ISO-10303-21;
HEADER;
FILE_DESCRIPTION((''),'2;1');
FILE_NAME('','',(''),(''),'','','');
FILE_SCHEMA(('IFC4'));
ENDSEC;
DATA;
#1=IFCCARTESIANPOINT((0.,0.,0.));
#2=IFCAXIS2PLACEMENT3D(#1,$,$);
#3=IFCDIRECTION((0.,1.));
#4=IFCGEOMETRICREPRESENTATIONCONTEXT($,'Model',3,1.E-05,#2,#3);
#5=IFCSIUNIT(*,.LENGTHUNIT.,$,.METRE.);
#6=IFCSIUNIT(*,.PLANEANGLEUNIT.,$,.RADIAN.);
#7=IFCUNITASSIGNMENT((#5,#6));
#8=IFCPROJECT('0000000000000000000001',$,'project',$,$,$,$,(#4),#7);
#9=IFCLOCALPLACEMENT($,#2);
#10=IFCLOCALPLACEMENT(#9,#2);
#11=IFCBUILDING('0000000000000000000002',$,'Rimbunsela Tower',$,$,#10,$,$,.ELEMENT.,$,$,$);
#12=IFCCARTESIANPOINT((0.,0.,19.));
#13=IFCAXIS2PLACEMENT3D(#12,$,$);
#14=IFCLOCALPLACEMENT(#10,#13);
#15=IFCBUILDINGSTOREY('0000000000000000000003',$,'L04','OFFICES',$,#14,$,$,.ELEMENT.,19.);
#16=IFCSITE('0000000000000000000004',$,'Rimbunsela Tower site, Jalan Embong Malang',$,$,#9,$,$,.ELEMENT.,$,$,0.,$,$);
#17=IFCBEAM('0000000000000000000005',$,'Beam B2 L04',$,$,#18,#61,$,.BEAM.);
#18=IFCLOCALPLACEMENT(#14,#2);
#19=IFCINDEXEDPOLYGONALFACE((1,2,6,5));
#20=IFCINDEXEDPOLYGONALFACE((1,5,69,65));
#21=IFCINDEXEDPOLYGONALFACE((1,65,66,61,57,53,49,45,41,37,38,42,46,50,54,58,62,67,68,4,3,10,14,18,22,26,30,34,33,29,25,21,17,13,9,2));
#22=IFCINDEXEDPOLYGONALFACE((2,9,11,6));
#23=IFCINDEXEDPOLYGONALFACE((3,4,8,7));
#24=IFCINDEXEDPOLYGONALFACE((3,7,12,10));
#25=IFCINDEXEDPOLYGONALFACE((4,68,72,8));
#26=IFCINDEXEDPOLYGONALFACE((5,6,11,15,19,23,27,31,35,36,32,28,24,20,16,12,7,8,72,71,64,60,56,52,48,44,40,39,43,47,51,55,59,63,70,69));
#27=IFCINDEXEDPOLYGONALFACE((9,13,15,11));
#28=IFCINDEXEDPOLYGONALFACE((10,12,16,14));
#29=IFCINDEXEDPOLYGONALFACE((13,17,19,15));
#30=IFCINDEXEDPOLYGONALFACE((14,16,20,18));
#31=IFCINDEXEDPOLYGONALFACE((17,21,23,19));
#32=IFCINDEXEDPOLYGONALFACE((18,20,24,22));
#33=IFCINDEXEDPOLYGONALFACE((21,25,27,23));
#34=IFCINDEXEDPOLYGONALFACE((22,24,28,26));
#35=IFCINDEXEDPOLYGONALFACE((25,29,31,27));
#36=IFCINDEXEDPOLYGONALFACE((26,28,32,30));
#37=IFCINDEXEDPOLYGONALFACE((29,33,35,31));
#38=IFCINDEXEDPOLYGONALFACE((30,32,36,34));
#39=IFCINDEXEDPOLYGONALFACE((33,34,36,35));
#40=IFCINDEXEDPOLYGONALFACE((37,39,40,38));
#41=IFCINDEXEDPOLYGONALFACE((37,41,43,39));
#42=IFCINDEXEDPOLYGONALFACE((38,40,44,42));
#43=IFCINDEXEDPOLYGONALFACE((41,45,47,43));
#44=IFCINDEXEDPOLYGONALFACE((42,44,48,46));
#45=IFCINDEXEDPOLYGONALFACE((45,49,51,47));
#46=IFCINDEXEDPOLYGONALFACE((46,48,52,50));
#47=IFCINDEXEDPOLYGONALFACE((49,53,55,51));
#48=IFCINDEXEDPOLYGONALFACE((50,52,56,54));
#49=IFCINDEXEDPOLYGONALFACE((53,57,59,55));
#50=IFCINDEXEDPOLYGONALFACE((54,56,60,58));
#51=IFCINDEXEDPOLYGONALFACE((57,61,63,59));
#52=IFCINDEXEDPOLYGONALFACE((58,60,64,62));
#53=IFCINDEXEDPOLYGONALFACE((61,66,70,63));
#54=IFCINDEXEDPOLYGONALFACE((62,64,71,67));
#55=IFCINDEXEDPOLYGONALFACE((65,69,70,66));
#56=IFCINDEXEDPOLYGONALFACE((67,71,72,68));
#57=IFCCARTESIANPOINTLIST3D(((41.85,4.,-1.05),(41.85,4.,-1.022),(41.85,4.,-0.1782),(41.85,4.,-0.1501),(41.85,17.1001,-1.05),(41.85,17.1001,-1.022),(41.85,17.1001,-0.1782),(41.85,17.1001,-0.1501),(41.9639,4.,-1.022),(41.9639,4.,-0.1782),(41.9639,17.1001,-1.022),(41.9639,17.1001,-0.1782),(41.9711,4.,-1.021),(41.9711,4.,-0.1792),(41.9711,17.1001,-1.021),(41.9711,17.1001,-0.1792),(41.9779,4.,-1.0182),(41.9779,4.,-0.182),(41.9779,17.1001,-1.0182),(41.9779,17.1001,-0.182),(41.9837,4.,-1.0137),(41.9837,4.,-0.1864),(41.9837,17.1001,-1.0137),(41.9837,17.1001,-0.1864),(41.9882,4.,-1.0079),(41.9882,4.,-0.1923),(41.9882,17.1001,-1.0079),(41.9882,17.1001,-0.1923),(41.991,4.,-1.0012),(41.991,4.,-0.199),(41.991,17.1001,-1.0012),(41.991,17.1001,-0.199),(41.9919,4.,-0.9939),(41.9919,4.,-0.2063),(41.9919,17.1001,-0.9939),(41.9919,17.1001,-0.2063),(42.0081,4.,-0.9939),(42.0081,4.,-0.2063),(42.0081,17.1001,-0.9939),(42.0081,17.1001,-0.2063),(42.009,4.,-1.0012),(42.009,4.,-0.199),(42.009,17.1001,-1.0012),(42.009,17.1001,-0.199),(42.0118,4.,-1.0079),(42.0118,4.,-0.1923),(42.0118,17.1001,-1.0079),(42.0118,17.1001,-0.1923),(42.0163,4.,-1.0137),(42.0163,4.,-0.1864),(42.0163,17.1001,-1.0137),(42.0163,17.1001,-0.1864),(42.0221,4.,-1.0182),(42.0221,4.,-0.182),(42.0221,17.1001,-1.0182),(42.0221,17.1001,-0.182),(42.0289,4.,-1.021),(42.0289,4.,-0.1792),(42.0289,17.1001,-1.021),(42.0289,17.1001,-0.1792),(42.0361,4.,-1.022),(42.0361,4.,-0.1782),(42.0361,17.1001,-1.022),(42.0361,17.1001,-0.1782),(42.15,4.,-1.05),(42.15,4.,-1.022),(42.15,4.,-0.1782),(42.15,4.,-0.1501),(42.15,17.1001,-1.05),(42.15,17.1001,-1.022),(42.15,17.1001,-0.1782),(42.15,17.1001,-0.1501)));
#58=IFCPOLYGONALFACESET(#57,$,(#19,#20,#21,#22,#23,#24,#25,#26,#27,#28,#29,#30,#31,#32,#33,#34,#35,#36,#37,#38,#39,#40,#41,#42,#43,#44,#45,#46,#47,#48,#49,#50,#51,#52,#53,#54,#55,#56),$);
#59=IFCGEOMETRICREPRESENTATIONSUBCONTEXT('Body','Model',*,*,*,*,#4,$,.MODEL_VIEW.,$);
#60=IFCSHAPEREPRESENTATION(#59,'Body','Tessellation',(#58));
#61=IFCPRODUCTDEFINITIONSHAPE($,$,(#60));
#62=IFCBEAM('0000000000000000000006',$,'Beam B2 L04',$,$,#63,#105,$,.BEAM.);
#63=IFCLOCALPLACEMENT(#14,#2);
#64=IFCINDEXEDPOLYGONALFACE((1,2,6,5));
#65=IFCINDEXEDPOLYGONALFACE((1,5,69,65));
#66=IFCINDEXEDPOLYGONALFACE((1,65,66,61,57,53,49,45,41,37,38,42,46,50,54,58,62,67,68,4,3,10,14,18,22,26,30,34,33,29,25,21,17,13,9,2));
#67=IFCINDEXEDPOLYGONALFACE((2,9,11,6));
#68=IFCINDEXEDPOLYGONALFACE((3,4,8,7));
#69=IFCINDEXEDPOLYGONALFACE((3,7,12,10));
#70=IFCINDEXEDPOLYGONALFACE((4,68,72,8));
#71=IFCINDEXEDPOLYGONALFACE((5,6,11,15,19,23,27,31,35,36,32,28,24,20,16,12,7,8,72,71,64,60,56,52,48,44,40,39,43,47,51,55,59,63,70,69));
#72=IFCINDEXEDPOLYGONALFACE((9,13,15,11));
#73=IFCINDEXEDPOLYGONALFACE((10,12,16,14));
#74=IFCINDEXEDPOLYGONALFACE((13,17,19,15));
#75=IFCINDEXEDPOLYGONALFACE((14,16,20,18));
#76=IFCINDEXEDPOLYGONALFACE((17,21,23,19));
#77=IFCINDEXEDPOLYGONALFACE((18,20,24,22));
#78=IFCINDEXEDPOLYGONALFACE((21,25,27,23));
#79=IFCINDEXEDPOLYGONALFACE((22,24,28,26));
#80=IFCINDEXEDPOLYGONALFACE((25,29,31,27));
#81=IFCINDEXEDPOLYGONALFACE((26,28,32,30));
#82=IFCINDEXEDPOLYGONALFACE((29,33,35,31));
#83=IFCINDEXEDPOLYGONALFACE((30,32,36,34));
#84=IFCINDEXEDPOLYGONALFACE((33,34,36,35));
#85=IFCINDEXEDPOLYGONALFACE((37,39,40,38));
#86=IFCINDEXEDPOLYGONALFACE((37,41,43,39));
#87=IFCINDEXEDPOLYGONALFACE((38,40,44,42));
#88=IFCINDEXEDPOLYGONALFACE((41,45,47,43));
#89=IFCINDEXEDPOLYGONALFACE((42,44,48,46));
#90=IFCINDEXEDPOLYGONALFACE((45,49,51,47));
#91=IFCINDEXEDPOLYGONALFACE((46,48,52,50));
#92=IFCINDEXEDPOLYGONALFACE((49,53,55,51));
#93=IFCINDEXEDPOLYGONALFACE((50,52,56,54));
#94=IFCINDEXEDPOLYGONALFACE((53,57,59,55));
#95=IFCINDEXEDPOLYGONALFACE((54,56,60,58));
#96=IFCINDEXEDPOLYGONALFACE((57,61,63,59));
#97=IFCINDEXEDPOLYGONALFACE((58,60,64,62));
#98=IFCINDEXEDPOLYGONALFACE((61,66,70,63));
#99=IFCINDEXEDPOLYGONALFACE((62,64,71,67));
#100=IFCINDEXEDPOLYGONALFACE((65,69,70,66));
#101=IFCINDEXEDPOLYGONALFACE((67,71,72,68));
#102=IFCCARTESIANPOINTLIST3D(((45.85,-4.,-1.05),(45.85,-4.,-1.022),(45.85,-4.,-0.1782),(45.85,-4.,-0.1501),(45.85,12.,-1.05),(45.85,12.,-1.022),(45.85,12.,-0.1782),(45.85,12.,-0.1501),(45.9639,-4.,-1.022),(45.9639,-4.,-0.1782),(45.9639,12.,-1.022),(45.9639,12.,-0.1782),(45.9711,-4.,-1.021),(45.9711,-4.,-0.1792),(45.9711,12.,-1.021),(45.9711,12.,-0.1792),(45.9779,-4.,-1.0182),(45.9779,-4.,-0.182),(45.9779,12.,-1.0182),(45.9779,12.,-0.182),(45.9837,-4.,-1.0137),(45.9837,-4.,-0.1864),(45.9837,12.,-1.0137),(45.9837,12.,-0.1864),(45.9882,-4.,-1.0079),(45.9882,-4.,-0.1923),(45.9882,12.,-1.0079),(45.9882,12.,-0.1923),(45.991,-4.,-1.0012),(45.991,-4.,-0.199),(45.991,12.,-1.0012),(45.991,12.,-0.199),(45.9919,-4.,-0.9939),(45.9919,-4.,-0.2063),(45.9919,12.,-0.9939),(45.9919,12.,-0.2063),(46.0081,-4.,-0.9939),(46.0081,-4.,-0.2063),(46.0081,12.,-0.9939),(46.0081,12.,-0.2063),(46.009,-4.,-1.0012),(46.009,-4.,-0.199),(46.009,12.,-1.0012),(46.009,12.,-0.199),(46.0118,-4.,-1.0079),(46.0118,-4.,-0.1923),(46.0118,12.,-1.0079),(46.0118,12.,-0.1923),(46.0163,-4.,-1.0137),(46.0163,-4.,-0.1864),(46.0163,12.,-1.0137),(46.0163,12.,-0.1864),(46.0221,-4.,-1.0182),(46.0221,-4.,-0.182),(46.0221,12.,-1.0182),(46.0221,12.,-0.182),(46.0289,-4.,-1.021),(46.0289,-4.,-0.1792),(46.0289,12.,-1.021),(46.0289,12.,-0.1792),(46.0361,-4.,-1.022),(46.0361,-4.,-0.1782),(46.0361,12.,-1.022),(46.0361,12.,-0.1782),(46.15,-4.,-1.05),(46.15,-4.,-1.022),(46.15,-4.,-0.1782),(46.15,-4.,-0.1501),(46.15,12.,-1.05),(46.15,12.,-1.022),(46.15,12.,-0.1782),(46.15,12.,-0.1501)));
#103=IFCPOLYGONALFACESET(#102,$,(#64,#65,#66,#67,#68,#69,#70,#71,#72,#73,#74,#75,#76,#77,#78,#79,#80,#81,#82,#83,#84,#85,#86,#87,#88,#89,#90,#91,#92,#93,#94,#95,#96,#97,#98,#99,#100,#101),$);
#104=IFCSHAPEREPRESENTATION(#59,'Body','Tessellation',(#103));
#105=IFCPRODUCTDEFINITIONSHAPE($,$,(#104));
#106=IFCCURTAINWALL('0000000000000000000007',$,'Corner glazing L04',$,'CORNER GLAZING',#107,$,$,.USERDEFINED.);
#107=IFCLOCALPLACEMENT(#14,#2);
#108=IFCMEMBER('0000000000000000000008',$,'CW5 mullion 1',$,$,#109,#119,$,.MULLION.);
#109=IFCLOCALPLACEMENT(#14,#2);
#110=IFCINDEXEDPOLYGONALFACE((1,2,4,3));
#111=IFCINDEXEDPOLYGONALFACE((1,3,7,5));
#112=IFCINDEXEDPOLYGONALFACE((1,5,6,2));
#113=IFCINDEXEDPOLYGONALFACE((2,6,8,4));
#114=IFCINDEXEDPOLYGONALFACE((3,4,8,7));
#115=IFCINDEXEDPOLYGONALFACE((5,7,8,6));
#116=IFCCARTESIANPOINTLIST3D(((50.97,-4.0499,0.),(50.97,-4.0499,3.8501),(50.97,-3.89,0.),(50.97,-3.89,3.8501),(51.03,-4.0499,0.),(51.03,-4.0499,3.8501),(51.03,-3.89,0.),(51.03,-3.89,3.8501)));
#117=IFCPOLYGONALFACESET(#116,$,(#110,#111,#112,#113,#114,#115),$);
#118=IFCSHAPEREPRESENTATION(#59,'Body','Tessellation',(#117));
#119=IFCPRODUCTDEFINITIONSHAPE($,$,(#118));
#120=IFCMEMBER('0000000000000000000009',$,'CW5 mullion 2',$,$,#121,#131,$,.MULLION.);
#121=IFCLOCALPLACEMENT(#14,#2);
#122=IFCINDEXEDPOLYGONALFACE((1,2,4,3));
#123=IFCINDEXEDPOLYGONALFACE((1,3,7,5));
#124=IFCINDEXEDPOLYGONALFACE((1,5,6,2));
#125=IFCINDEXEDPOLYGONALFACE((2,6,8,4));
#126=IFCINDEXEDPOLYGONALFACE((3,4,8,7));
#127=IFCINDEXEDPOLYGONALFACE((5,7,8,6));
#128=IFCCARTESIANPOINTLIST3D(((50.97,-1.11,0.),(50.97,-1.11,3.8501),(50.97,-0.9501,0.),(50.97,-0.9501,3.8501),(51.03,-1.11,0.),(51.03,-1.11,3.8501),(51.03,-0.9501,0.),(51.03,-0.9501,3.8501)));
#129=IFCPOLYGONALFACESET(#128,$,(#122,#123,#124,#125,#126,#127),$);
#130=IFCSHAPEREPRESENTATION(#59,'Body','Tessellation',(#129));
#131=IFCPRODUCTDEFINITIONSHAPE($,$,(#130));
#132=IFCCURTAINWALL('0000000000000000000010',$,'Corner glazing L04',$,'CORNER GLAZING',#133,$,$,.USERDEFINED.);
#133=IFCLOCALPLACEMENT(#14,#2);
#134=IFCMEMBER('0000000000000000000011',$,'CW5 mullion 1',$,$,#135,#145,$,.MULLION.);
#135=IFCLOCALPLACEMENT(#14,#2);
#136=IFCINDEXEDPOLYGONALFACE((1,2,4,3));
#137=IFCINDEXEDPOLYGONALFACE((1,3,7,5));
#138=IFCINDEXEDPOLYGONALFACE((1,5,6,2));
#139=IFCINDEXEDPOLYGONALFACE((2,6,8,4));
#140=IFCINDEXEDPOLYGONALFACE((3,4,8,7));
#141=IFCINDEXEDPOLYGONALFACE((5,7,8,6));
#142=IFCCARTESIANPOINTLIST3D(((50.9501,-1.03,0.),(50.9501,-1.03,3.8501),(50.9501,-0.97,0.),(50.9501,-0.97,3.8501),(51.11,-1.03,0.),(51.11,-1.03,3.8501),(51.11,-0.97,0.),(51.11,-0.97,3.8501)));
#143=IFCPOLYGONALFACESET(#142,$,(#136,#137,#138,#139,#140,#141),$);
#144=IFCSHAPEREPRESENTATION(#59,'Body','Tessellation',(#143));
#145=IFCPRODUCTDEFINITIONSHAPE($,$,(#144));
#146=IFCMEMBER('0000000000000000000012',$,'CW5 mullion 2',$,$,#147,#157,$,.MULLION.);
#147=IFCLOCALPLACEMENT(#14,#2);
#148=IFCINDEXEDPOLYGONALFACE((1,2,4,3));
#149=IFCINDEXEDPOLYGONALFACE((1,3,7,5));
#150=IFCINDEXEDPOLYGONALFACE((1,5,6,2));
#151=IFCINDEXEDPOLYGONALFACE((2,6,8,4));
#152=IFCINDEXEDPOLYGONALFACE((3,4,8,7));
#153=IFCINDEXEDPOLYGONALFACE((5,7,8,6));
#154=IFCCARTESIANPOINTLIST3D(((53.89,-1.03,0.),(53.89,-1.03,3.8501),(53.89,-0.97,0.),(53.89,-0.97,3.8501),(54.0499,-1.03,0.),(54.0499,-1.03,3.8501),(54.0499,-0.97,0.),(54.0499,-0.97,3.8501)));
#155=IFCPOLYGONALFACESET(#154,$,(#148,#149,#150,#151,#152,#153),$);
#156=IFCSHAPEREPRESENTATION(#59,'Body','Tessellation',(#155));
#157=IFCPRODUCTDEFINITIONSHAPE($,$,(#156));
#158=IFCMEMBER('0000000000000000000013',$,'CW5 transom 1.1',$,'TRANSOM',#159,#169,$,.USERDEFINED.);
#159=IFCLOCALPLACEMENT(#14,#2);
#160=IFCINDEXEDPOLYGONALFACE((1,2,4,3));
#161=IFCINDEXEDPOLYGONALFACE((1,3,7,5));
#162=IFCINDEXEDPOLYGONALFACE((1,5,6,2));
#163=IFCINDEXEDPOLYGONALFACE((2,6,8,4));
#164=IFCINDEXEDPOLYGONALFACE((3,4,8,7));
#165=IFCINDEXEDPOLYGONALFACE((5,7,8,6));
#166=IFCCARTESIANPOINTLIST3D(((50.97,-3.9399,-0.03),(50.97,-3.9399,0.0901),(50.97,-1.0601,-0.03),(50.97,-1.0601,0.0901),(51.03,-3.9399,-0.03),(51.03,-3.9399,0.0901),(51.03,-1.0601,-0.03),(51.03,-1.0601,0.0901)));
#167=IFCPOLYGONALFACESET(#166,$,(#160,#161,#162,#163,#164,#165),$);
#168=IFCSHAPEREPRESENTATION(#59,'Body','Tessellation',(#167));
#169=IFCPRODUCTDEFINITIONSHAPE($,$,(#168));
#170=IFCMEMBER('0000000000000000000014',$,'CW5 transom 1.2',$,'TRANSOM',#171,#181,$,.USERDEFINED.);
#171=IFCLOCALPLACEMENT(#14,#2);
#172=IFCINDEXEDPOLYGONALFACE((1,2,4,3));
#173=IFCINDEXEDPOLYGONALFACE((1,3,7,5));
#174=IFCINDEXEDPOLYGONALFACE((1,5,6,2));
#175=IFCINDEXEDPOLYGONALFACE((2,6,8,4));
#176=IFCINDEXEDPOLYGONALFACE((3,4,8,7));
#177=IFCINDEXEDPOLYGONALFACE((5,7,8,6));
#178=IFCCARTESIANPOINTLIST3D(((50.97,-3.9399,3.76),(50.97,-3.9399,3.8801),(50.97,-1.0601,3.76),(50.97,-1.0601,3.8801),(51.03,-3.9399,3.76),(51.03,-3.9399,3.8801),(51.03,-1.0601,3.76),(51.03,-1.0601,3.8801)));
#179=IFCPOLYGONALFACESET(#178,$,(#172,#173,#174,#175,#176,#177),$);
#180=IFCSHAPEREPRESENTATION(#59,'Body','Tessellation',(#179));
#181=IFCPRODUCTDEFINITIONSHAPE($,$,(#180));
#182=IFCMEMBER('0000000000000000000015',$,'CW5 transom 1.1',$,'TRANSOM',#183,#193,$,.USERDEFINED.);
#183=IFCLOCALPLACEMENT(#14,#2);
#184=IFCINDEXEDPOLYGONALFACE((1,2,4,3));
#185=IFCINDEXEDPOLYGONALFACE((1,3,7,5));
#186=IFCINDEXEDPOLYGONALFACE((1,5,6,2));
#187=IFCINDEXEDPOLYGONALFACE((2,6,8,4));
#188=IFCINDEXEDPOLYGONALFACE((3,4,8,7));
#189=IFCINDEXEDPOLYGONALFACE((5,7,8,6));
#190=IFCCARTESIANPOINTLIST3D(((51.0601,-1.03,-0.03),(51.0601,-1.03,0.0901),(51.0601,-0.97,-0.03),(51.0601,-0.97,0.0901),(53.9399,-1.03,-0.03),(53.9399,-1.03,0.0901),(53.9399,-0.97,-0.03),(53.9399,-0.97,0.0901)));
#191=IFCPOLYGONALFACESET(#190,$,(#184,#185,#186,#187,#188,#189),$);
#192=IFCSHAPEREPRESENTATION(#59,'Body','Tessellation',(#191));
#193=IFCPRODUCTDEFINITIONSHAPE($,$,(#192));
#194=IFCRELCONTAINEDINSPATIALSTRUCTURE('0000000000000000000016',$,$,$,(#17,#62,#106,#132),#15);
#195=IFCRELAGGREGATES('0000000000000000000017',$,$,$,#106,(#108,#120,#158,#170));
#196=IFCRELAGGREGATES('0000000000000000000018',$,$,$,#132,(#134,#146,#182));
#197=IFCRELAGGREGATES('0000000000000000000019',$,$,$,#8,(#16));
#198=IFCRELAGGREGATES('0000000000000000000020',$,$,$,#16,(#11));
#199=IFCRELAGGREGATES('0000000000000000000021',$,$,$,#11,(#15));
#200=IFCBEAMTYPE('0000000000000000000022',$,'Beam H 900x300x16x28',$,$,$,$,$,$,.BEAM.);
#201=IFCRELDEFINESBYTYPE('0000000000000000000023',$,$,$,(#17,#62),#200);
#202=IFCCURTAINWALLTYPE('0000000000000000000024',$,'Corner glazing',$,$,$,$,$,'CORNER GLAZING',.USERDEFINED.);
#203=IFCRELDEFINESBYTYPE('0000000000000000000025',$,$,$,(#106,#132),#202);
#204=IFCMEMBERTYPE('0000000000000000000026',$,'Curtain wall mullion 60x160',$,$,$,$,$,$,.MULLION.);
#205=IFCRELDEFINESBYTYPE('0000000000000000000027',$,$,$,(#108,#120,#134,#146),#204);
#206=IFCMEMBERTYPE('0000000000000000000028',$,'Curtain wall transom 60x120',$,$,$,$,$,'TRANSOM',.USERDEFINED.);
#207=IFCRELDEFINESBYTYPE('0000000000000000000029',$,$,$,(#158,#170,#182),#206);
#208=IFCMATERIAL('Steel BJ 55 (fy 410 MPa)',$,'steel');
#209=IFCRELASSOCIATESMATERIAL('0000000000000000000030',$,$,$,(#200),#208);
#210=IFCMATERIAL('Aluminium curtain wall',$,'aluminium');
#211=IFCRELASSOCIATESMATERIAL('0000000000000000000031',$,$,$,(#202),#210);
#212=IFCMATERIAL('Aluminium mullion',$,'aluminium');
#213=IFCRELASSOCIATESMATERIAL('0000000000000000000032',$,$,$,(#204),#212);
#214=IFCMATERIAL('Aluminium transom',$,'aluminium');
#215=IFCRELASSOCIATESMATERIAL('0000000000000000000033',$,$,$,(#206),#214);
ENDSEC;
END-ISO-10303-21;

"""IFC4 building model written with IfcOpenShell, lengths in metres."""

from ifc_helpers import new_model, si_unit, direction, frame, origin, origin_2d, place, context, subcontext, project, spatial, rectangle, i_section, extrude, material, material_profile, profile_set, type_object, element, aggregate, save


model = new_model("IFC4")

# Units and contexts
model_context = context("Model", 3, precision=1e-05, world=origin(), true_north=direction((0.0, 1.0)))
body_context = subcontext(model_context, "Body", "Model", "MODEL_VIEW")
ifc_project = project(units=[si_unit("LENGTHUNIT", "METRE"), si_unit("PLANEANGLEUNIT", "RADIAN")], contexts=[model_context])

# Site, building, storey
site_placement = place(None, origin())
site = spatial("IfcSite", under=ifc_project, at=site_placement, Name="Rimbunsela Tower site, Jalan Embong Malang", CompositionType="ELEMENT", RefElevation=0.0)
building_placement = place(site_placement, origin())
building = spatial("IfcBuilding", under=site, at=building_placement, Name="Rimbunsela Tower", CompositionType="ELEMENT")
storey_placement = place(building_placement, frame((0.0, 0.0, 19.0)))
storey = spatial("IfcBuildingStorey", under=building, at=storey_placement, Name="L04", Description="OFFICES", CompositionType="ELEMENT", Elevation=19.0)

# Beams
ifc_material_1 = material(Name="Steel BJ 55 (fy 410 MPa)", Category="steel")
ifc_material_profile_1 = material_profile(ifc_material_1, i_section(OverallWidth=0.3, OverallDepth=0.8999, WebThickness=0.0161, FlangeThickness=0.0281, FilletRadius=0.0281, at=origin_2d()), Name="H 900x300x16x28")
ifc_profile_set_1 = profile_set([ifc_material_profile_1], Name="Steel BJ 55 (fy 410 MPa)")
beam_type_1 = type_object("IfcBeamType", Name="Beam H 900x300x16x28", PredefinedType="BEAM", material=ifc_profile_set_1)
beam_1_placement = place(storey_placement, frame((42.0, 4.0, -0.6001), z_axis=(0.0, 1.0, 0.0), x_axis=(-1.0, 0.0, 0.0)))
element("IfcBeam", 1, at=beam_1_placement, inside=storey, type_object=beam_type_1, Name="Beam B2 L04", PredefinedType="BEAM", context=body_context, shape_type="SweptSolid", body=[
    extrude(i_section(OverallWidth=0.3, OverallDepth=0.8999, WebThickness=0.0161, FlangeThickness=0.0281, FilletRadius=0.0281, at=origin_2d()), origin(), (0.0, 0.0, 1.0), 13.1001),
])
beam_2_placement = place(storey_placement, frame((46.0, -4.0, -0.6001), z_axis=(0.0, 1.0, 0.0), x_axis=(-1.0, 0.0, 0.0)))
element("IfcBeam", 2, at=beam_2_placement, inside=storey, type_object=beam_type_1, Name="Beam B2 L04", PredefinedType="BEAM", context=body_context, shape_type="SweptSolid", body=[
    extrude(i_section(OverallWidth=0.3, OverallDepth=0.8999, WebThickness=0.0161, FlangeThickness=0.0281, FilletRadius=0.0281, at=origin_2d()), origin(), (0.0, 0.0, 1.0), 16.0),
])

# Curtain walls, members
ifc_material_2 = material(Name="Aluminium curtain wall", Category="aluminium")
curtain_wall_type = type_object("IfcCurtainWallType", Name="Corner glazing", ElementType="CORNER GLAZING", PredefinedType="USERDEFINED", material=ifc_material_2)
curtain_wall_1_placement = place(storey_placement, origin())
curtain_wall_1 = element("IfcCurtainWall", 3, at=curtain_wall_1_placement, inside=storey, type_object=curtain_wall_type, Name="Corner glazing L04", ObjectType="CORNER GLAZING", PredefinedType="USERDEFINED")
ifc_material_3 = material(Name="Aluminium mullion", Category="aluminium")
ifc_material_profile_2 = material_profile(ifc_material_3, rectangle(XDim=0.0601, YDim=0.1599, at=origin_2d()), Name="Mullion 60x160")
ifc_profile_set_2 = profile_set([ifc_material_profile_2], Name="Aluminium mullion")
member_type_1 = type_object("IfcMemberType", Name="Curtain wall mullion 60x160", PredefinedType="MULLION", material=ifc_profile_set_2)
member_1_placement = place(storey_placement, frame((51.0, -3.97, 0.0), z_axis=(0.0, 0.0, 1.0), x_axis=(-1.0, 0.0, 0.0)))
member_1 = element("IfcMember", 4, at=member_1_placement, type_object=member_type_1, Name="CW5 mullion 1", PredefinedType="MULLION", context=body_context, shape_type="SweptSolid", body=[
    extrude(rectangle(XDim=0.0601, YDim=0.1599, at=origin_2d()), origin(), (0.0, 0.0, 1.0), 3.8501),
])
member_2_placement = place(storey_placement, frame((51.0, -1.03, 0.0), z_axis=(0.0, 0.0, 1.0), x_axis=(-1.0, 0.0, 0.0)))
member_2 = element("IfcMember", 5, at=member_2_placement, type_object=member_type_1, Name="CW5 mullion 2", PredefinedType="MULLION", context=body_context, shape_type="SweptSolid", body=[
    extrude(rectangle(XDim=0.0601, YDim=0.1599, at=origin_2d()), origin(), (0.0, 0.0, 1.0), 3.8501),
])
curtain_wall_2_placement = place(storey_placement, origin())
curtain_wall_2 = element("IfcCurtainWall", 6, at=curtain_wall_2_placement, inside=storey, type_object=curtain_wall_type, Name="Corner glazing L04", ObjectType="CORNER GLAZING", PredefinedType="USERDEFINED")
member_3_placement = place(storey_placement, frame((51.03, -1.0, 0.0), z_axis=(0.0, 0.0, 1.0), x_axis=(0.0, 1.0, 0.0)))
member_3 = element("IfcMember", 7, at=member_3_placement, type_object=member_type_1, Name="CW5 mullion 1", PredefinedType="MULLION", context=body_context, shape_type="SweptSolid", body=[
    extrude(rectangle(XDim=0.0601, YDim=0.1599, at=origin_2d()), origin(), (0.0, 0.0, 1.0), 3.8501),
])
member_4_placement = place(storey_placement, frame((53.97, -1.0, 0.0), z_axis=(0.0, 0.0, 1.0), x_axis=(0.0, 1.0, 0.0)))
member_4 = element("IfcMember", 8, at=member_4_placement, type_object=member_type_1, Name="CW5 mullion 2", PredefinedType="MULLION", context=body_context, shape_type="SweptSolid", body=[
    extrude(rectangle(XDim=0.0601, YDim=0.1599, at=origin_2d()), origin(), (0.0, 0.0, 1.0), 3.8501),
])

# Members
ifc_material_4 = material(Name="Aluminium transom", Category="aluminium")
ifc_material_profile_3 = material_profile(ifc_material_4, rectangle(XDim=0.0601, YDim=0.1201, at=origin_2d()), Name="Transom 60x120")
ifc_profile_set_3 = profile_set([ifc_material_profile_3], Name="Aluminium transom")
member_type_2 = type_object("IfcMemberType", Name="Curtain wall transom 60x120", ElementType="TRANSOM", PredefinedType="USERDEFINED", material=ifc_profile_set_3)
member_5_placement = place(storey_placement, frame((51.0, -3.9399, 0.03), z_axis=(0.0, 1.0, 0.0), x_axis=(-1.0, 0.0, 0.0)))
member_5 = element("IfcMember", 9, at=member_5_placement, type_object=member_type_2, Name="CW5 transom 1.1", ObjectType="TRANSOM", PredefinedType="USERDEFINED", context=body_context, shape_type="SweptSolid", body=[
    extrude(rectangle(XDim=0.0601, YDim=0.1201, at=origin_2d()), origin(), (0.0, 0.0, 1.0), 2.8799),
])
member_6_placement = place(storey_placement, frame((51.0, -3.9399, 3.8201), z_axis=(0.0, 1.0, 0.0), x_axis=(-1.0, 0.0, 0.0)))
member_6 = element("IfcMember", 10, at=member_6_placement, type_object=member_type_2, Name="CW5 transom 1.2", ObjectType="TRANSOM", PredefinedType="USERDEFINED", context=body_context, shape_type="SweptSolid", body=[
    extrude(rectangle(XDim=0.0601, YDim=0.1201, at=origin_2d()), origin(), (0.0, 0.0, 1.0), 2.8799),
])
member_7_placement = place(storey_placement, frame((51.0601, -1.0, 0.03), z_axis=(1.0, 0.0, 0.0), x_axis=(0.0, 1.0, 0.0)))
member_7 = element("IfcMember", 11, at=member_7_placement, type_object=member_type_2, Name="CW5 transom 1.1", ObjectType="TRANSOM", PredefinedType="USERDEFINED", context=body_context, shape_type="SweptSolid", body=[
    extrude(rectangle(XDim=0.0601, YDim=0.1201, at=origin_2d()), origin(), (0.0, 0.0, 1.0), 2.8799),
])

aggregate(curtain_wall_1, [member_1, member_2, member_5, member_6])
aggregate(curtain_wall_2, [member_3, member_4, member_7])

save(model, "model.ifc")
